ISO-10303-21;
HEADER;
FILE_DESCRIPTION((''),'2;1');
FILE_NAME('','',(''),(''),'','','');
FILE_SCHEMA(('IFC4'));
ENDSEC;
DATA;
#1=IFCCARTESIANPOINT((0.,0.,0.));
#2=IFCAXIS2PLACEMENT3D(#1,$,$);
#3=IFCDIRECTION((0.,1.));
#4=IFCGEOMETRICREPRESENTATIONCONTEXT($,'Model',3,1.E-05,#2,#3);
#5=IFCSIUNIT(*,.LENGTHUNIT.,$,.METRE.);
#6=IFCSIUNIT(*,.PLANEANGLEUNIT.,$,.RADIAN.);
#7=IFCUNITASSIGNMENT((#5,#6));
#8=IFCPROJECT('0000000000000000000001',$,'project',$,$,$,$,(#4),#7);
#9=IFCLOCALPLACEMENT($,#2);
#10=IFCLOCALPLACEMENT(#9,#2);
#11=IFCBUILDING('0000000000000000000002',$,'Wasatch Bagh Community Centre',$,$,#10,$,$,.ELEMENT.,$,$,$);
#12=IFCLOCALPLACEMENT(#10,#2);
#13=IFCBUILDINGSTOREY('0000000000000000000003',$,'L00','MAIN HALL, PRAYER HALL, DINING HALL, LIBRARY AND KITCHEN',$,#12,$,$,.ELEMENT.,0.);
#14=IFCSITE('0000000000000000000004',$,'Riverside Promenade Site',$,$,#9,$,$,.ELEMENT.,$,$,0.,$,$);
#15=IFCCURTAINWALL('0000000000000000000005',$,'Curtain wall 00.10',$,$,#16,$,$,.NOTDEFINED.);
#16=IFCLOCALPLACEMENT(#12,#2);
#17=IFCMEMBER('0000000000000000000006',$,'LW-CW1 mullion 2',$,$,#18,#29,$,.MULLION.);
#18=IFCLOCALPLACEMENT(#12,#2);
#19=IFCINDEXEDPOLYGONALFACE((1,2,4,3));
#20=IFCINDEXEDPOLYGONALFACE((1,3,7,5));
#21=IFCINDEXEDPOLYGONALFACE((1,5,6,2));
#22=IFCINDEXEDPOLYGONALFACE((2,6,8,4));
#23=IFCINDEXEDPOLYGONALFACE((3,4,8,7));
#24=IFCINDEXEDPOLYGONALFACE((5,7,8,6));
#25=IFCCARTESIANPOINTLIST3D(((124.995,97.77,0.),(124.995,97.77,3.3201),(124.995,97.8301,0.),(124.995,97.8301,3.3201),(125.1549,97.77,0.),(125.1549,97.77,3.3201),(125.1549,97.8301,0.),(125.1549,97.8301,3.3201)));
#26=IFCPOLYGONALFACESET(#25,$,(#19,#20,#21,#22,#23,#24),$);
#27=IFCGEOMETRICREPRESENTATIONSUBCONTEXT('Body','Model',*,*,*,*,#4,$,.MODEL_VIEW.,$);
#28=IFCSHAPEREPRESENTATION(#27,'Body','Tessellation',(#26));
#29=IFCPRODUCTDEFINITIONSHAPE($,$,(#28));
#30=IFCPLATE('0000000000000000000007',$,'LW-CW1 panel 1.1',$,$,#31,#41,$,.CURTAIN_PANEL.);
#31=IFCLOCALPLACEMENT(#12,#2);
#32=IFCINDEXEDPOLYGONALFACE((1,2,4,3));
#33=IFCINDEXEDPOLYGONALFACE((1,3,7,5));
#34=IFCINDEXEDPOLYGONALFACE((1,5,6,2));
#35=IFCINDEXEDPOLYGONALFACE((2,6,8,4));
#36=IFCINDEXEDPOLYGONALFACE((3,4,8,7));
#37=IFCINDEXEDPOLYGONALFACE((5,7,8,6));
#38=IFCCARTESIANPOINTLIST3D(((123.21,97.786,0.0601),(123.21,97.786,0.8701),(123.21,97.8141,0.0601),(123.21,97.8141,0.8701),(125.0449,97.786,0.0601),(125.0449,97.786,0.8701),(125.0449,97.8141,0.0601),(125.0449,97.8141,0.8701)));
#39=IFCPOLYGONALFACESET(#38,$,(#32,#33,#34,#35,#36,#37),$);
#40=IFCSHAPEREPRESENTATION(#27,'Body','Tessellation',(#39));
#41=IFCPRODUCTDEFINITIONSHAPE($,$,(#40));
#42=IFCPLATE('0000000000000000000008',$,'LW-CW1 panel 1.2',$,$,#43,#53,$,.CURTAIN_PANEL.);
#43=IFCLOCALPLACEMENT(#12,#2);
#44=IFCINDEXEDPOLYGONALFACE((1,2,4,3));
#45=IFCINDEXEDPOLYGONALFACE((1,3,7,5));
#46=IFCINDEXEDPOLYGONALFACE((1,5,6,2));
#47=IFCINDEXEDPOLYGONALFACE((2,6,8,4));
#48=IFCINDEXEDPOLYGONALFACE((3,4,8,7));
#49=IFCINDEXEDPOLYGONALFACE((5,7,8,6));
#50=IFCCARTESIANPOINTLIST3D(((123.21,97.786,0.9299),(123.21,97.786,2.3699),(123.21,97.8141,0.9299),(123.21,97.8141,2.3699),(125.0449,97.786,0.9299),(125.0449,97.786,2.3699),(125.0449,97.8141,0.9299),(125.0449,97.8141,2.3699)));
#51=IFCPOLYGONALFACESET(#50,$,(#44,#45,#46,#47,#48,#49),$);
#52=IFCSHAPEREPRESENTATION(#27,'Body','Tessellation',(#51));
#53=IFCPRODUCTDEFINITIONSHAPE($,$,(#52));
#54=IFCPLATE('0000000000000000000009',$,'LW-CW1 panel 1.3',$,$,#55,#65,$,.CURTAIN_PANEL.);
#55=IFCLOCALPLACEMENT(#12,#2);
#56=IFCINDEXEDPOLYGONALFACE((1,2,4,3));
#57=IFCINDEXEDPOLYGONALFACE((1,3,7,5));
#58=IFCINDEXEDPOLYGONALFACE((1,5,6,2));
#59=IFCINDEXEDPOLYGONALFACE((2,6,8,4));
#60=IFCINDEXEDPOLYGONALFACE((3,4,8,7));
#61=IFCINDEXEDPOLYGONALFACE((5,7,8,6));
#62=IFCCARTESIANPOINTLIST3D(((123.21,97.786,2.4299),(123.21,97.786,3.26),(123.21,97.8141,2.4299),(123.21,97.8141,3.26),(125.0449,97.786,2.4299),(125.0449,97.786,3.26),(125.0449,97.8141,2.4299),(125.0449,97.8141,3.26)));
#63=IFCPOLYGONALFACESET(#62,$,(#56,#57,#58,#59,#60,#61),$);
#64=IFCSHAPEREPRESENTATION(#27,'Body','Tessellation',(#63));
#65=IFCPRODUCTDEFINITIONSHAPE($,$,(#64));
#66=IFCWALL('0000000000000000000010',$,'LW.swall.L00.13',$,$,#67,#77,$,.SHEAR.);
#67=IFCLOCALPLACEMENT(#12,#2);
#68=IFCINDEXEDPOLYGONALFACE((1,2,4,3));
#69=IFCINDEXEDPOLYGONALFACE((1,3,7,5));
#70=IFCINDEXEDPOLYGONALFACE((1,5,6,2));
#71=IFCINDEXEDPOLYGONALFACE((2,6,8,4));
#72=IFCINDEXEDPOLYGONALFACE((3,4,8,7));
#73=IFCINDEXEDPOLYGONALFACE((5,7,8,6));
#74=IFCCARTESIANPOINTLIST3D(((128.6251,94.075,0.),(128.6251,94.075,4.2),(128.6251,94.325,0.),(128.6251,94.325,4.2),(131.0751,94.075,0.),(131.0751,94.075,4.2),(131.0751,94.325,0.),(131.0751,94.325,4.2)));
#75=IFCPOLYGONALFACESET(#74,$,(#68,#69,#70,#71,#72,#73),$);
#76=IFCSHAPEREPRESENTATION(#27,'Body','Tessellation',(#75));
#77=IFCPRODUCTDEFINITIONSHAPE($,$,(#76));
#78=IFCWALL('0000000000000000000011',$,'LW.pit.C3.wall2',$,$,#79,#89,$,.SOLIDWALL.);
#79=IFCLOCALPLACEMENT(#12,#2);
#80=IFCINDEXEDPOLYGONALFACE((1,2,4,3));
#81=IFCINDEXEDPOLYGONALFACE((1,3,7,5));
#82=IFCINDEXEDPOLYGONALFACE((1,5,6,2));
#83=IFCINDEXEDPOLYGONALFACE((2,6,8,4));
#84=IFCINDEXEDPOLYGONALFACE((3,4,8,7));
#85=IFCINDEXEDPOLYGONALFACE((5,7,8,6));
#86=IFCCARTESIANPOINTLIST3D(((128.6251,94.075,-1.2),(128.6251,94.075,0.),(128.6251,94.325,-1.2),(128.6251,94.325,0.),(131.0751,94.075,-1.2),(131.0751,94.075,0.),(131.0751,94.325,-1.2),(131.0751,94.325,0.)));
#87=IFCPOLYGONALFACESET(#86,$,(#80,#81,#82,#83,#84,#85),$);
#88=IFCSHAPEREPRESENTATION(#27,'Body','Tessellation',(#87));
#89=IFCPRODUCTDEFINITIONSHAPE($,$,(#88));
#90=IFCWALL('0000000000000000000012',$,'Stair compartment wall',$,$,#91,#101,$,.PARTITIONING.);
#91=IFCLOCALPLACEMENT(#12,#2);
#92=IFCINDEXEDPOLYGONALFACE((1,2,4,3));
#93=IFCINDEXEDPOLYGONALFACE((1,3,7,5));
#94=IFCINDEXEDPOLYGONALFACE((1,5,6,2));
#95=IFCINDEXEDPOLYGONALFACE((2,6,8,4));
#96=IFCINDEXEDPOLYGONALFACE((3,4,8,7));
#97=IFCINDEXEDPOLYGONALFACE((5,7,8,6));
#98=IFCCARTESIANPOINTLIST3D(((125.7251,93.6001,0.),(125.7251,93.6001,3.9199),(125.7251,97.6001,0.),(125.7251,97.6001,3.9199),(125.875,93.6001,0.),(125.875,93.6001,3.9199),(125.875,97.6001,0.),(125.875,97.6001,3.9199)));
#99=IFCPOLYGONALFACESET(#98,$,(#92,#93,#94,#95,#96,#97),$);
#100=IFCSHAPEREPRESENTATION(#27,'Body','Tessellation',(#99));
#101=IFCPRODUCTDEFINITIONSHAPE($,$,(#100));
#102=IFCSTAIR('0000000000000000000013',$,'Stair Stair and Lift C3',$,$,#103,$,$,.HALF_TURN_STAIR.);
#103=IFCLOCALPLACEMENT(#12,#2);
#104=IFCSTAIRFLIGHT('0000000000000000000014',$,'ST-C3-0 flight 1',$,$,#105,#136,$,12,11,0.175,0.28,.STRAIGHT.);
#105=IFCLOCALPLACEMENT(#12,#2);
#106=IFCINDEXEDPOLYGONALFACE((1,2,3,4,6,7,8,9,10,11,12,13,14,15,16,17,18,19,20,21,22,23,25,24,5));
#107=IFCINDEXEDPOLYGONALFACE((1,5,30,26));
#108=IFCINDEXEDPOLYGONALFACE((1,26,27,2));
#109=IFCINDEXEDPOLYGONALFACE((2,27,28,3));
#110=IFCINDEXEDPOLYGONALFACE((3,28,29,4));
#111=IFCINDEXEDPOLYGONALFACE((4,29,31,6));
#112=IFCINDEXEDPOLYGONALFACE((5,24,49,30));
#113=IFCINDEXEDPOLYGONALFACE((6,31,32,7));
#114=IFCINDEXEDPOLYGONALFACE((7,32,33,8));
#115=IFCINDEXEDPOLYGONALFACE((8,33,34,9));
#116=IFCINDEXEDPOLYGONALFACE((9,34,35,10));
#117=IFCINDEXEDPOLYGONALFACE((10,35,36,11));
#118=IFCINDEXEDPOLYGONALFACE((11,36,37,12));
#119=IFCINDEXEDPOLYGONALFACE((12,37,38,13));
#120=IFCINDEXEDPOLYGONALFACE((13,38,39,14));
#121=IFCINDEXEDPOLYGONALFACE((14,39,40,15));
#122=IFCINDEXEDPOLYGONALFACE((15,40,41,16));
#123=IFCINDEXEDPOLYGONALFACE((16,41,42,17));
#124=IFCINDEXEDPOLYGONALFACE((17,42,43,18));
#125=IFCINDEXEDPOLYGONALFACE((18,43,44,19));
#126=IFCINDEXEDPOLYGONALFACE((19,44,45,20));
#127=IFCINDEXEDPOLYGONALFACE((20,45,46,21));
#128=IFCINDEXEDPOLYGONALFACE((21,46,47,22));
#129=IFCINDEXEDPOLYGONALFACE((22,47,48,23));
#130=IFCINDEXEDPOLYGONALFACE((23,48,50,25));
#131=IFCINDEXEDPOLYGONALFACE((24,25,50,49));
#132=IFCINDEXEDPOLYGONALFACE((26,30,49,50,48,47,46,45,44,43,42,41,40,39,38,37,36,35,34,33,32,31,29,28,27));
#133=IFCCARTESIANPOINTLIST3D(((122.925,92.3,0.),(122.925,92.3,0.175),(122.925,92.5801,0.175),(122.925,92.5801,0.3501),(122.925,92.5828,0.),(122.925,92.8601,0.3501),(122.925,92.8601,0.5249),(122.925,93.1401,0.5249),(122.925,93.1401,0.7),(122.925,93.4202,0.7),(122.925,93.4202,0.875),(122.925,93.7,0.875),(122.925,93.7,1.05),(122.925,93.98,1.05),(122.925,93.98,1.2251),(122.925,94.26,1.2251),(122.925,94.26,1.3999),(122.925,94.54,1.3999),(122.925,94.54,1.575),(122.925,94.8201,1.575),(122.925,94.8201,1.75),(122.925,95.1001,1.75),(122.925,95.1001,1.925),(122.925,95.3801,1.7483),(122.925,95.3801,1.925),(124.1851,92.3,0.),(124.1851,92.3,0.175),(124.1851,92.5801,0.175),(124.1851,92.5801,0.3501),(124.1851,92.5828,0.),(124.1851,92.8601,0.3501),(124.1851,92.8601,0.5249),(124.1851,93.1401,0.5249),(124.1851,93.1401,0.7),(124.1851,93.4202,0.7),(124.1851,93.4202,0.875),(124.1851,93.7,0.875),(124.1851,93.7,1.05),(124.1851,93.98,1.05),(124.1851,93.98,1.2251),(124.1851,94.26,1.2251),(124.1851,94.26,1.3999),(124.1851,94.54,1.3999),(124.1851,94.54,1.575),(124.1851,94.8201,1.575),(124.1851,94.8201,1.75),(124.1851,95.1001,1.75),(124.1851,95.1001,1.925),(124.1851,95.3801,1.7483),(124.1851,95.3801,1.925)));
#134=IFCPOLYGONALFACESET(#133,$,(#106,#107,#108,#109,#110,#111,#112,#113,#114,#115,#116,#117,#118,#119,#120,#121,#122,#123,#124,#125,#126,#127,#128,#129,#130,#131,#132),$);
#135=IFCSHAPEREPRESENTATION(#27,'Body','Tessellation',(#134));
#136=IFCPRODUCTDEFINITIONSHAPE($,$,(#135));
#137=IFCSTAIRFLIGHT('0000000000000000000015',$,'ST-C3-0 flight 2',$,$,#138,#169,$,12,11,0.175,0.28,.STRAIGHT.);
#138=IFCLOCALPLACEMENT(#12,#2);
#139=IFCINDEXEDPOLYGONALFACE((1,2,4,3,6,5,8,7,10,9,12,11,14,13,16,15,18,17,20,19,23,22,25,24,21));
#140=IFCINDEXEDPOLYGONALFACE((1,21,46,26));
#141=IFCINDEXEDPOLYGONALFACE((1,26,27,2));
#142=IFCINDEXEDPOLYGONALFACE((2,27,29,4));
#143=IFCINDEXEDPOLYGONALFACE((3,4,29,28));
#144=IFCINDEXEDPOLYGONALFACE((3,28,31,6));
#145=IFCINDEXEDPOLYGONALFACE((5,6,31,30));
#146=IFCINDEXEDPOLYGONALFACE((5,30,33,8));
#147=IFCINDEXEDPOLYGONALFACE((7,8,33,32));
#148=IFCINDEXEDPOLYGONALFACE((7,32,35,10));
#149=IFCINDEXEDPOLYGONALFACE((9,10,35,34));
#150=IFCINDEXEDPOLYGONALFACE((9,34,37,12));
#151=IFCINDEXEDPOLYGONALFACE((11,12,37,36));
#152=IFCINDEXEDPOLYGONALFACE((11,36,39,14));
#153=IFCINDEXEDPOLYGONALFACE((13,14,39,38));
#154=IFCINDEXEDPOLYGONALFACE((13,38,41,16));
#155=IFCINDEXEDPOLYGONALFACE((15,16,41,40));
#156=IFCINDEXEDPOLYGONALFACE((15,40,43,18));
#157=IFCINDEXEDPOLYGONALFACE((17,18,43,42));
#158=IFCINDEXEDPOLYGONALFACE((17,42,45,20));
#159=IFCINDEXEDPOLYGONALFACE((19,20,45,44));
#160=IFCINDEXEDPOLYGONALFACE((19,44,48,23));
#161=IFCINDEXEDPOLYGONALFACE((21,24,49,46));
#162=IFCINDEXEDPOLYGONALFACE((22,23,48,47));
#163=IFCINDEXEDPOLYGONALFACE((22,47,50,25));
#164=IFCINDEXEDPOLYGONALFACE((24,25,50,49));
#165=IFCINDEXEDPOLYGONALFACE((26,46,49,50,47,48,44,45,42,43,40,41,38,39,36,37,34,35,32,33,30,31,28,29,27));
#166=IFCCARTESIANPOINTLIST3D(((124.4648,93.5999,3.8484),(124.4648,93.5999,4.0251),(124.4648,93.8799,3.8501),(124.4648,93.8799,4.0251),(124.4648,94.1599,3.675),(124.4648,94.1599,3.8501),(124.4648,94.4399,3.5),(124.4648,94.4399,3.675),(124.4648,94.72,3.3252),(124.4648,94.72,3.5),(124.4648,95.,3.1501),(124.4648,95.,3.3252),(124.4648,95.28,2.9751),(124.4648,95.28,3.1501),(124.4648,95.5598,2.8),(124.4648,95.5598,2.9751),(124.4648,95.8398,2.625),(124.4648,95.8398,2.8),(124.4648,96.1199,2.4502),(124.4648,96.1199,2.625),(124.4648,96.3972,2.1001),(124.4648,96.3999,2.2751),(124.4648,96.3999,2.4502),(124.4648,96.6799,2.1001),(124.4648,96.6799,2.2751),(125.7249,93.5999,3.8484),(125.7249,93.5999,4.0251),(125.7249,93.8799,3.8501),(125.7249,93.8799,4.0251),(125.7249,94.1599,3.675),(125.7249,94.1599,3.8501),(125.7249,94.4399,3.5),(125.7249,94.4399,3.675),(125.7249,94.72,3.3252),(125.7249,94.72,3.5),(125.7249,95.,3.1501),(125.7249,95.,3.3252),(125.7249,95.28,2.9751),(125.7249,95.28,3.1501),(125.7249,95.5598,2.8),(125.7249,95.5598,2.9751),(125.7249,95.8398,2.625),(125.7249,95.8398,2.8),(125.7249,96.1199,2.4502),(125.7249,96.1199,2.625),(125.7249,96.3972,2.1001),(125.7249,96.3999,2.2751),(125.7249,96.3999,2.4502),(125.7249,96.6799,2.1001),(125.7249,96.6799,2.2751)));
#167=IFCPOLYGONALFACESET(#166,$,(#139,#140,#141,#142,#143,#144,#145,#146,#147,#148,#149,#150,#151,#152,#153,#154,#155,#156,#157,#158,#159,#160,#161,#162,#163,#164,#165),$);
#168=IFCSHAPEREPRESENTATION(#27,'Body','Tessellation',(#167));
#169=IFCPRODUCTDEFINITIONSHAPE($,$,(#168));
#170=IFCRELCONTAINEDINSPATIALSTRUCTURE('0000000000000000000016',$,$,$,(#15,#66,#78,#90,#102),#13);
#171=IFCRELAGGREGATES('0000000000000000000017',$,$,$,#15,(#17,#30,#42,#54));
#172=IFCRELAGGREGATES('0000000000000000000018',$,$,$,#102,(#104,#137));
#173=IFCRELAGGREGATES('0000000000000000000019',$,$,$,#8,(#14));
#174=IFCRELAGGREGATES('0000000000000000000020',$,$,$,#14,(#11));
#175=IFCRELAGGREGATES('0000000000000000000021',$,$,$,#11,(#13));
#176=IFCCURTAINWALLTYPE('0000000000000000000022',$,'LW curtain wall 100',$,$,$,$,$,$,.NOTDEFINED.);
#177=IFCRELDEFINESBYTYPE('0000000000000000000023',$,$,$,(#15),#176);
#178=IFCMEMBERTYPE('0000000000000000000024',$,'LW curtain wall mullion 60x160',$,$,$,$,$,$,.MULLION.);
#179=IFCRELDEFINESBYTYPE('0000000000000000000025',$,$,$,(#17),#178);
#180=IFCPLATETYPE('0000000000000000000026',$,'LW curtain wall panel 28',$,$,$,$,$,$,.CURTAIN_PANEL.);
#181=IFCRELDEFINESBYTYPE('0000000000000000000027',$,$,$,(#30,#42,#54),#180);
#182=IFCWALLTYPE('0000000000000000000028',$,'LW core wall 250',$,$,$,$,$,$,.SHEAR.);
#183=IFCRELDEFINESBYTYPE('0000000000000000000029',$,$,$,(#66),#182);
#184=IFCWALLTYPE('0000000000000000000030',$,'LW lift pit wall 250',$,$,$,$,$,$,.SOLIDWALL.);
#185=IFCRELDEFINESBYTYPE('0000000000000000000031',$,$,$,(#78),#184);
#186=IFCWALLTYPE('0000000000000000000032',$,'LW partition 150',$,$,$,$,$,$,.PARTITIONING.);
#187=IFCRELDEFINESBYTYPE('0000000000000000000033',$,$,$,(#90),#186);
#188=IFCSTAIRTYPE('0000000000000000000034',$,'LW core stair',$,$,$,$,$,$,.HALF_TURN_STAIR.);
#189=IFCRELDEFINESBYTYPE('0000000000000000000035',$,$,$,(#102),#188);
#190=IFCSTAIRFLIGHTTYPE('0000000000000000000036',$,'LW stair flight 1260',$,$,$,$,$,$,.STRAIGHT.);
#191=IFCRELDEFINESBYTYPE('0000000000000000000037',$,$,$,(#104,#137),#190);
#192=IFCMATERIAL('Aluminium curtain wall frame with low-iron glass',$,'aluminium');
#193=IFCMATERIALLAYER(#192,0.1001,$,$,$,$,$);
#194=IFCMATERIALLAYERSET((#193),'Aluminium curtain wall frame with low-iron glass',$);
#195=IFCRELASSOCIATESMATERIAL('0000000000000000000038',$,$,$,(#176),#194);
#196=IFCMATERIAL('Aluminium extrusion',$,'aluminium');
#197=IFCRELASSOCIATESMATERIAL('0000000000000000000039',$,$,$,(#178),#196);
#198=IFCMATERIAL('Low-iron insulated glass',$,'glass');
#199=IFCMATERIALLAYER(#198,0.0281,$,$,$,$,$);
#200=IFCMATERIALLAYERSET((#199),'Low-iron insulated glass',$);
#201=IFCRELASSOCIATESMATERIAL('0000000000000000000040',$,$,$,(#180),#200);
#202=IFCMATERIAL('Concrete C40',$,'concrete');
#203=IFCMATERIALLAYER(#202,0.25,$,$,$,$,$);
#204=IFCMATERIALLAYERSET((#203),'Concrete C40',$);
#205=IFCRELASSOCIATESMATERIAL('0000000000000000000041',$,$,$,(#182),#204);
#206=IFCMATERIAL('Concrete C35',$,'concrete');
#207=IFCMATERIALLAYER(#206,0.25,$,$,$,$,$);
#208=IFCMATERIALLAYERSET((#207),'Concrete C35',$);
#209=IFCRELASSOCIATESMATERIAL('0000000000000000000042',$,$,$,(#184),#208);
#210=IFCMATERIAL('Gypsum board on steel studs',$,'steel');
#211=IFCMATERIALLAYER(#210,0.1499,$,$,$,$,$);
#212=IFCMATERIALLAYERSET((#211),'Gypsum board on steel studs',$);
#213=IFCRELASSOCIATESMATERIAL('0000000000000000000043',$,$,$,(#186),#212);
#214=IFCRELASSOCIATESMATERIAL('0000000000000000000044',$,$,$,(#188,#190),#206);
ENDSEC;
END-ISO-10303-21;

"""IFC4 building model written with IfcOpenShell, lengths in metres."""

from ifc_helpers import new_model, si_unit, direction, frame, frame_2d, origin, origin_2d, place, context, subcontext, project, spatial, polyline, rectangle, outline, extrude, material, layer, layer_set, material_profile, profile_set, type_object, element, aggregate, save


model = new_model("IFC4")

# Units and contexts
model_context = context("Model", 3, precision=1e-05, world=origin(), true_north=direction((0.0, 1.0)))
body_context = subcontext(model_context, "Body", "Model", "MODEL_VIEW")
ifc_project = project(units=[si_unit("LENGTHUNIT", "METRE"), si_unit("PLANEANGLEUNIT", "RADIAN")], contexts=[model_context])

# Site, building, storey
site_placement = place(None, origin())
site = spatial("IfcSite", under=ifc_project, at=site_placement, Name="Riverside Promenade Site", CompositionType="ELEMENT", RefElevation=0.0)
building_placement = place(site_placement, origin())
building = spatial("IfcBuilding", under=site, at=building_placement, Name="Wasatch Bagh Community Centre", CompositionType="ELEMENT")
storey_placement = place(building_placement, origin())
storey = spatial("IfcBuildingStorey", under=building, at=storey_placement, Name="L00", Description="MAIN HALL, PRAYER HALL, DINING HALL, LIBRARY AND KITCHEN", CompositionType="ELEMENT", Elevation=0.0)

# Curtain wall, member, plates
ifc_material_1 = material(Name="Aluminium curtain wall frame with low-iron glass", Category="aluminium")
ifc_layer_1 = layer(ifc_material_1, 0.1001)
ifc_layer_set_1 = layer_set([ifc_layer_1], Name="Aluminium curtain wall frame with low-iron glass")
curtain_wall_type = type_object("IfcCurtainWallType", Name="LW curtain wall 100", PredefinedType="NOTDEFINED", material=ifc_layer_set_1)
curtain_wall_placement = place(storey_placement, origin())
curtain_wall = element("IfcCurtainWall", 1, at=curtain_wall_placement, inside=storey, type_object=curtain_wall_type, Name="Curtain wall 00.10", PredefinedType="NOTDEFINED")
ifc_material_2 = material(Name="Aluminium extrusion", Category="aluminium")
ifc_material_profile_1 = material_profile(ifc_material_2, rectangle(XDim=0.0601, YDim=0.1599, at=origin_2d()), Name="AL 60x160")
ifc_profile_set_1 = profile_set([ifc_material_profile_1], Name="Aluminium extrusion")
member_type = type_object("IfcMemberType", Name="LW curtain wall mullion 60x160", PredefinedType="MULLION", material=ifc_profile_set_1)
member_placement = place(storey_placement, frame((125.075, 97.8, 0.0), z_axis=(0.0, 0.0, 1.0), x_axis=(0.0, 1.0, 0.0)))
member = element("IfcMember", 2, at=member_placement, type_object=member_type, Name="LW-CW1 mullion 2", PredefinedType="MULLION", context=body_context, shape_type="SweptSolid", body=[
    extrude(rectangle(XDim=0.0601, YDim=0.1599, at=origin_2d()), origin(), (0.0, 0.0, 1.0), 3.3201),
])
ifc_material_3 = material(Name="Low-iron insulated glass", Category="glass")
ifc_layer_2 = layer(ifc_material_3, 0.0281)
ifc_layer_set_2 = layer_set([ifc_layer_2], Name="Low-iron insulated glass")
plate_type = type_object("IfcPlateType", Name="LW curtain wall panel 28", PredefinedType="CURTAIN_PANEL", material=ifc_layer_set_2)
plate_1_placement = place(storey_placement, frame((124.1274, 97.8, 0.0601), z_axis=(0.0, 0.0, 1.0), x_axis=(1.0, 0.0, 0.0)))
plate_1 = element("IfcPlate", 3, at=plate_1_placement, type_object=plate_type, Name="LW-CW1 panel 1.1", PredefinedType="CURTAIN_PANEL", context=body_context, shape_type="SweptSolid", body=[
    extrude(rectangle(XDim=1.835, YDim=0.0281, at=origin_2d()), origin(), (0.0, 0.0, 1.0), 0.8101),
])
plate_2_placement = place(storey_placement, frame((124.1274, 97.8, 0.9299), z_axis=(0.0, 0.0, 1.0), x_axis=(1.0, 0.0, 0.0)))
plate_2 = element("IfcPlate", 4, at=plate_2_placement, type_object=plate_type, Name="LW-CW1 panel 1.2", PredefinedType="CURTAIN_PANEL", context=body_context, shape_type="SweptSolid", body=[
    extrude(rectangle(XDim=1.835, YDim=0.0281, at=origin_2d()), origin(), (0.0, 0.0, 1.0), 1.4399),
])
plate_3_placement = place(storey_placement, frame((124.1274, 97.8, 2.4299), z_axis=(0.0, 0.0, 1.0), x_axis=(1.0, 0.0, 0.0)))
plate_3 = element("IfcPlate", 5, at=plate_3_placement, type_object=plate_type, Name="LW-CW1 panel 1.3", PredefinedType="CURTAIN_PANEL", context=body_context, shape_type="SweptSolid", body=[
    extrude(rectangle(XDim=1.835, YDim=0.0281, at=origin_2d()), origin(), (0.0, 0.0, 1.0), 0.8301),
])
aggregate(curtain_wall, [member, plate_1, plate_2, plate_3])

# Walls
ifc_material_4 = material(Name="Concrete C40", Category="concrete")
ifc_layer_3 = layer(ifc_material_4, 0.25)
ifc_layer_set_3 = layer_set([ifc_layer_3], Name="Concrete C40")
wall_type_1 = type_object("IfcWallType", Name="LW core wall 250", PredefinedType="SHEAR", material=ifc_layer_set_3)
wall_1_placement = place(storey_placement, frame((128.625, 94.2, 0.0), z_axis=(0.0, 0.0, 1.0), x_axis=(1.0, 0.0, 0.0)))
element("IfcWall", 6, at=wall_1_placement, inside=storey, type_object=wall_type_1, Name="LW.swall.L00.13", PredefinedType="SHEAR", context=body_context, shape_type="SweptSolid", body=[
    extrude(rectangle(XDim=2.45, YDim=0.25, at=frame_2d((1.2251, 0.0))), origin(), (0.0, 0.0, 1.0), 4.2),
])
ifc_material_5 = material(Name="Concrete C35", Category="concrete")
ifc_layer_4 = layer(ifc_material_5, 0.25)
ifc_layer_set_4 = layer_set([ifc_layer_4], Name="Concrete C35")
wall_type_2 = type_object("IfcWallType", Name="LW lift pit wall 250", PredefinedType="SOLIDWALL", material=ifc_layer_set_4)
wall_2_placement = place(storey_placement, frame((128.625, 94.2, -1.2), z_axis=(0.0, 0.0, 1.0), x_axis=(1.0, 0.0, 0.0)))
element("IfcWall", 7, at=wall_2_placement, inside=storey, type_object=wall_type_2, Name="LW.pit.C3.wall2", PredefinedType="SOLIDWALL", context=body_context, shape_type="SweptSolid", body=[
    extrude(rectangle(XDim=2.45, YDim=0.25, at=frame_2d((1.2251, 0.0))), origin(), (0.0, 0.0, 1.0), 1.2),
])
ifc_material_6 = material(Name="Gypsum board on steel studs", Category="steel")
ifc_layer_5 = layer(ifc_material_6, 0.1499)
ifc_layer_set_5 = layer_set([ifc_layer_5], Name="Gypsum board on steel studs")
wall_type_3 = type_object("IfcWallType", Name="LW partition 150", PredefinedType="PARTITIONING", material=ifc_layer_set_5)
wall_3_placement = place(storey_placement, frame((125.8, 93.6001, 0.0), z_axis=(0.0, 0.0, 1.0), x_axis=(0.0, 1.0, 0.0)))
element("IfcWall", 8, at=wall_3_placement, inside=storey, type_object=wall_type_3, Name="Stair compartment wall", PredefinedType="PARTITIONING", context=body_context, shape_type="SweptSolid", body=[
    extrude(rectangle(XDim=4.0, YDim=0.1499, at=frame_2d((2.0, 0.0))), origin(), (0.0, 0.0, 1.0), 3.9199),
])

# Stair, stair flights
stair_type = type_object("IfcStairType", Name="LW core stair", PredefinedType="HALF_TURN_STAIR", material=ifc_material_5)
stair_placement = place(storey_placement, origin())
stair = element("IfcStair", 9, at=stair_placement, inside=storey, type_object=stair_type, Name="Stair Stair and Lift C3", PredefinedType="HALF_TURN_STAIR")
stair_flight_type = type_object("IfcStairFlightType", Name="LW stair flight 1260", PredefinedType="STRAIGHT", material=ifc_material_5)
stair_flight_1_placement = place(storey_placement, frame((123.5549, 92.3, 0.0), z_axis=(0.0, 0.0, 1.0), x_axis=(0.0, 1.0, 0.0)))
stair_flight_1 = element("IfcStairFlight", 10, at=stair_flight_1_placement, type_object=stair_flight_type, Name="ST-C3-0 flight 1", NumberOfRisers=12, NumberOfTreads=11, PredefinedType="STRAIGHT", RiserHeight=0.175, TreadLength=0.28, context=body_context, shape_type="SweptSolid", body=[
    extrude(outline(polyline([(0.0, 0.0), (0.0, 0.175), (0.28, 0.175), (0.28, 0.3501), (0.5601, 0.3501), (0.5601, 0.5249), (0.8401, 0.5249), (0.8401, 0.7), (1.1201, 0.7), (1.1201, 0.875), (1.3999, 0.875), (1.3999, 1.05), (1.6799, 1.05), (1.6799, 1.2251), (1.96, 1.2251), (1.96, 1.3999), (2.24, 1.3999), (2.24, 1.575), (2.52, 1.575), (2.52, 1.75), (2.8, 1.75), (2.8, 1.925), (3.0801, 1.925), (3.0801, 2.1001), (3.0801, 1.7483), (0.2827, 0.0), (0.0, 0.0)])), frame((0.0, 0.6299, 0.0), z_axis=(0.0, -1.0, 0.0), x_axis=(1.0, 0.0, 0.0)), (0.0, 0.0, 1.0), 1.26),
])
stair_flight_2_placement = place(storey_placement, frame((125.095, 96.6799, 2.1001), z_axis=(0.0, 0.0, 1.0), x_axis=(0.0, -1.0, 0.0)))
stair_flight_2 = element("IfcStairFlight", 11, at=stair_flight_2_placement, type_object=stair_flight_type, Name="ST-C3-0 flight 2", NumberOfRisers=12, NumberOfTreads=11, PredefinedType="STRAIGHT", RiserHeight=0.175, TreadLength=0.28, context=body_context, shape_type="SweptSolid", body=[
    extrude(outline(polyline([(0.0, 0.0), (0.0, 0.175), (0.28, 0.175), (0.28, 0.3501), (0.5601, 0.3501), (0.5601, 0.5249), (0.8401, 0.5249), (0.8401, 0.7), (1.1201, 0.7), (1.1201, 0.875), (1.3999, 0.875), (1.3999, 1.05), (1.6799, 1.05), (1.6799, 1.2251), (1.96, 1.2251), (1.96, 1.3999), (2.24, 1.3999), (2.24, 1.575), (2.52, 1.575), (2.52, 1.75), (2.8, 1.75), (2.8, 1.925), (3.0801, 1.925), (3.0801, 2.1001), (3.0801, 1.7483), (0.2827, 0.0), (0.0, 0.0)])), frame((0.0, 0.6299, 0.0), z_axis=(0.0, -1.0, 0.0), x_axis=(1.0, 0.0, 0.0)), (0.0, 0.0, 1.0), 1.26),
])
aggregate(stair, [stair_flight_1, stair_flight_2])

save(model, "model.ifc")
